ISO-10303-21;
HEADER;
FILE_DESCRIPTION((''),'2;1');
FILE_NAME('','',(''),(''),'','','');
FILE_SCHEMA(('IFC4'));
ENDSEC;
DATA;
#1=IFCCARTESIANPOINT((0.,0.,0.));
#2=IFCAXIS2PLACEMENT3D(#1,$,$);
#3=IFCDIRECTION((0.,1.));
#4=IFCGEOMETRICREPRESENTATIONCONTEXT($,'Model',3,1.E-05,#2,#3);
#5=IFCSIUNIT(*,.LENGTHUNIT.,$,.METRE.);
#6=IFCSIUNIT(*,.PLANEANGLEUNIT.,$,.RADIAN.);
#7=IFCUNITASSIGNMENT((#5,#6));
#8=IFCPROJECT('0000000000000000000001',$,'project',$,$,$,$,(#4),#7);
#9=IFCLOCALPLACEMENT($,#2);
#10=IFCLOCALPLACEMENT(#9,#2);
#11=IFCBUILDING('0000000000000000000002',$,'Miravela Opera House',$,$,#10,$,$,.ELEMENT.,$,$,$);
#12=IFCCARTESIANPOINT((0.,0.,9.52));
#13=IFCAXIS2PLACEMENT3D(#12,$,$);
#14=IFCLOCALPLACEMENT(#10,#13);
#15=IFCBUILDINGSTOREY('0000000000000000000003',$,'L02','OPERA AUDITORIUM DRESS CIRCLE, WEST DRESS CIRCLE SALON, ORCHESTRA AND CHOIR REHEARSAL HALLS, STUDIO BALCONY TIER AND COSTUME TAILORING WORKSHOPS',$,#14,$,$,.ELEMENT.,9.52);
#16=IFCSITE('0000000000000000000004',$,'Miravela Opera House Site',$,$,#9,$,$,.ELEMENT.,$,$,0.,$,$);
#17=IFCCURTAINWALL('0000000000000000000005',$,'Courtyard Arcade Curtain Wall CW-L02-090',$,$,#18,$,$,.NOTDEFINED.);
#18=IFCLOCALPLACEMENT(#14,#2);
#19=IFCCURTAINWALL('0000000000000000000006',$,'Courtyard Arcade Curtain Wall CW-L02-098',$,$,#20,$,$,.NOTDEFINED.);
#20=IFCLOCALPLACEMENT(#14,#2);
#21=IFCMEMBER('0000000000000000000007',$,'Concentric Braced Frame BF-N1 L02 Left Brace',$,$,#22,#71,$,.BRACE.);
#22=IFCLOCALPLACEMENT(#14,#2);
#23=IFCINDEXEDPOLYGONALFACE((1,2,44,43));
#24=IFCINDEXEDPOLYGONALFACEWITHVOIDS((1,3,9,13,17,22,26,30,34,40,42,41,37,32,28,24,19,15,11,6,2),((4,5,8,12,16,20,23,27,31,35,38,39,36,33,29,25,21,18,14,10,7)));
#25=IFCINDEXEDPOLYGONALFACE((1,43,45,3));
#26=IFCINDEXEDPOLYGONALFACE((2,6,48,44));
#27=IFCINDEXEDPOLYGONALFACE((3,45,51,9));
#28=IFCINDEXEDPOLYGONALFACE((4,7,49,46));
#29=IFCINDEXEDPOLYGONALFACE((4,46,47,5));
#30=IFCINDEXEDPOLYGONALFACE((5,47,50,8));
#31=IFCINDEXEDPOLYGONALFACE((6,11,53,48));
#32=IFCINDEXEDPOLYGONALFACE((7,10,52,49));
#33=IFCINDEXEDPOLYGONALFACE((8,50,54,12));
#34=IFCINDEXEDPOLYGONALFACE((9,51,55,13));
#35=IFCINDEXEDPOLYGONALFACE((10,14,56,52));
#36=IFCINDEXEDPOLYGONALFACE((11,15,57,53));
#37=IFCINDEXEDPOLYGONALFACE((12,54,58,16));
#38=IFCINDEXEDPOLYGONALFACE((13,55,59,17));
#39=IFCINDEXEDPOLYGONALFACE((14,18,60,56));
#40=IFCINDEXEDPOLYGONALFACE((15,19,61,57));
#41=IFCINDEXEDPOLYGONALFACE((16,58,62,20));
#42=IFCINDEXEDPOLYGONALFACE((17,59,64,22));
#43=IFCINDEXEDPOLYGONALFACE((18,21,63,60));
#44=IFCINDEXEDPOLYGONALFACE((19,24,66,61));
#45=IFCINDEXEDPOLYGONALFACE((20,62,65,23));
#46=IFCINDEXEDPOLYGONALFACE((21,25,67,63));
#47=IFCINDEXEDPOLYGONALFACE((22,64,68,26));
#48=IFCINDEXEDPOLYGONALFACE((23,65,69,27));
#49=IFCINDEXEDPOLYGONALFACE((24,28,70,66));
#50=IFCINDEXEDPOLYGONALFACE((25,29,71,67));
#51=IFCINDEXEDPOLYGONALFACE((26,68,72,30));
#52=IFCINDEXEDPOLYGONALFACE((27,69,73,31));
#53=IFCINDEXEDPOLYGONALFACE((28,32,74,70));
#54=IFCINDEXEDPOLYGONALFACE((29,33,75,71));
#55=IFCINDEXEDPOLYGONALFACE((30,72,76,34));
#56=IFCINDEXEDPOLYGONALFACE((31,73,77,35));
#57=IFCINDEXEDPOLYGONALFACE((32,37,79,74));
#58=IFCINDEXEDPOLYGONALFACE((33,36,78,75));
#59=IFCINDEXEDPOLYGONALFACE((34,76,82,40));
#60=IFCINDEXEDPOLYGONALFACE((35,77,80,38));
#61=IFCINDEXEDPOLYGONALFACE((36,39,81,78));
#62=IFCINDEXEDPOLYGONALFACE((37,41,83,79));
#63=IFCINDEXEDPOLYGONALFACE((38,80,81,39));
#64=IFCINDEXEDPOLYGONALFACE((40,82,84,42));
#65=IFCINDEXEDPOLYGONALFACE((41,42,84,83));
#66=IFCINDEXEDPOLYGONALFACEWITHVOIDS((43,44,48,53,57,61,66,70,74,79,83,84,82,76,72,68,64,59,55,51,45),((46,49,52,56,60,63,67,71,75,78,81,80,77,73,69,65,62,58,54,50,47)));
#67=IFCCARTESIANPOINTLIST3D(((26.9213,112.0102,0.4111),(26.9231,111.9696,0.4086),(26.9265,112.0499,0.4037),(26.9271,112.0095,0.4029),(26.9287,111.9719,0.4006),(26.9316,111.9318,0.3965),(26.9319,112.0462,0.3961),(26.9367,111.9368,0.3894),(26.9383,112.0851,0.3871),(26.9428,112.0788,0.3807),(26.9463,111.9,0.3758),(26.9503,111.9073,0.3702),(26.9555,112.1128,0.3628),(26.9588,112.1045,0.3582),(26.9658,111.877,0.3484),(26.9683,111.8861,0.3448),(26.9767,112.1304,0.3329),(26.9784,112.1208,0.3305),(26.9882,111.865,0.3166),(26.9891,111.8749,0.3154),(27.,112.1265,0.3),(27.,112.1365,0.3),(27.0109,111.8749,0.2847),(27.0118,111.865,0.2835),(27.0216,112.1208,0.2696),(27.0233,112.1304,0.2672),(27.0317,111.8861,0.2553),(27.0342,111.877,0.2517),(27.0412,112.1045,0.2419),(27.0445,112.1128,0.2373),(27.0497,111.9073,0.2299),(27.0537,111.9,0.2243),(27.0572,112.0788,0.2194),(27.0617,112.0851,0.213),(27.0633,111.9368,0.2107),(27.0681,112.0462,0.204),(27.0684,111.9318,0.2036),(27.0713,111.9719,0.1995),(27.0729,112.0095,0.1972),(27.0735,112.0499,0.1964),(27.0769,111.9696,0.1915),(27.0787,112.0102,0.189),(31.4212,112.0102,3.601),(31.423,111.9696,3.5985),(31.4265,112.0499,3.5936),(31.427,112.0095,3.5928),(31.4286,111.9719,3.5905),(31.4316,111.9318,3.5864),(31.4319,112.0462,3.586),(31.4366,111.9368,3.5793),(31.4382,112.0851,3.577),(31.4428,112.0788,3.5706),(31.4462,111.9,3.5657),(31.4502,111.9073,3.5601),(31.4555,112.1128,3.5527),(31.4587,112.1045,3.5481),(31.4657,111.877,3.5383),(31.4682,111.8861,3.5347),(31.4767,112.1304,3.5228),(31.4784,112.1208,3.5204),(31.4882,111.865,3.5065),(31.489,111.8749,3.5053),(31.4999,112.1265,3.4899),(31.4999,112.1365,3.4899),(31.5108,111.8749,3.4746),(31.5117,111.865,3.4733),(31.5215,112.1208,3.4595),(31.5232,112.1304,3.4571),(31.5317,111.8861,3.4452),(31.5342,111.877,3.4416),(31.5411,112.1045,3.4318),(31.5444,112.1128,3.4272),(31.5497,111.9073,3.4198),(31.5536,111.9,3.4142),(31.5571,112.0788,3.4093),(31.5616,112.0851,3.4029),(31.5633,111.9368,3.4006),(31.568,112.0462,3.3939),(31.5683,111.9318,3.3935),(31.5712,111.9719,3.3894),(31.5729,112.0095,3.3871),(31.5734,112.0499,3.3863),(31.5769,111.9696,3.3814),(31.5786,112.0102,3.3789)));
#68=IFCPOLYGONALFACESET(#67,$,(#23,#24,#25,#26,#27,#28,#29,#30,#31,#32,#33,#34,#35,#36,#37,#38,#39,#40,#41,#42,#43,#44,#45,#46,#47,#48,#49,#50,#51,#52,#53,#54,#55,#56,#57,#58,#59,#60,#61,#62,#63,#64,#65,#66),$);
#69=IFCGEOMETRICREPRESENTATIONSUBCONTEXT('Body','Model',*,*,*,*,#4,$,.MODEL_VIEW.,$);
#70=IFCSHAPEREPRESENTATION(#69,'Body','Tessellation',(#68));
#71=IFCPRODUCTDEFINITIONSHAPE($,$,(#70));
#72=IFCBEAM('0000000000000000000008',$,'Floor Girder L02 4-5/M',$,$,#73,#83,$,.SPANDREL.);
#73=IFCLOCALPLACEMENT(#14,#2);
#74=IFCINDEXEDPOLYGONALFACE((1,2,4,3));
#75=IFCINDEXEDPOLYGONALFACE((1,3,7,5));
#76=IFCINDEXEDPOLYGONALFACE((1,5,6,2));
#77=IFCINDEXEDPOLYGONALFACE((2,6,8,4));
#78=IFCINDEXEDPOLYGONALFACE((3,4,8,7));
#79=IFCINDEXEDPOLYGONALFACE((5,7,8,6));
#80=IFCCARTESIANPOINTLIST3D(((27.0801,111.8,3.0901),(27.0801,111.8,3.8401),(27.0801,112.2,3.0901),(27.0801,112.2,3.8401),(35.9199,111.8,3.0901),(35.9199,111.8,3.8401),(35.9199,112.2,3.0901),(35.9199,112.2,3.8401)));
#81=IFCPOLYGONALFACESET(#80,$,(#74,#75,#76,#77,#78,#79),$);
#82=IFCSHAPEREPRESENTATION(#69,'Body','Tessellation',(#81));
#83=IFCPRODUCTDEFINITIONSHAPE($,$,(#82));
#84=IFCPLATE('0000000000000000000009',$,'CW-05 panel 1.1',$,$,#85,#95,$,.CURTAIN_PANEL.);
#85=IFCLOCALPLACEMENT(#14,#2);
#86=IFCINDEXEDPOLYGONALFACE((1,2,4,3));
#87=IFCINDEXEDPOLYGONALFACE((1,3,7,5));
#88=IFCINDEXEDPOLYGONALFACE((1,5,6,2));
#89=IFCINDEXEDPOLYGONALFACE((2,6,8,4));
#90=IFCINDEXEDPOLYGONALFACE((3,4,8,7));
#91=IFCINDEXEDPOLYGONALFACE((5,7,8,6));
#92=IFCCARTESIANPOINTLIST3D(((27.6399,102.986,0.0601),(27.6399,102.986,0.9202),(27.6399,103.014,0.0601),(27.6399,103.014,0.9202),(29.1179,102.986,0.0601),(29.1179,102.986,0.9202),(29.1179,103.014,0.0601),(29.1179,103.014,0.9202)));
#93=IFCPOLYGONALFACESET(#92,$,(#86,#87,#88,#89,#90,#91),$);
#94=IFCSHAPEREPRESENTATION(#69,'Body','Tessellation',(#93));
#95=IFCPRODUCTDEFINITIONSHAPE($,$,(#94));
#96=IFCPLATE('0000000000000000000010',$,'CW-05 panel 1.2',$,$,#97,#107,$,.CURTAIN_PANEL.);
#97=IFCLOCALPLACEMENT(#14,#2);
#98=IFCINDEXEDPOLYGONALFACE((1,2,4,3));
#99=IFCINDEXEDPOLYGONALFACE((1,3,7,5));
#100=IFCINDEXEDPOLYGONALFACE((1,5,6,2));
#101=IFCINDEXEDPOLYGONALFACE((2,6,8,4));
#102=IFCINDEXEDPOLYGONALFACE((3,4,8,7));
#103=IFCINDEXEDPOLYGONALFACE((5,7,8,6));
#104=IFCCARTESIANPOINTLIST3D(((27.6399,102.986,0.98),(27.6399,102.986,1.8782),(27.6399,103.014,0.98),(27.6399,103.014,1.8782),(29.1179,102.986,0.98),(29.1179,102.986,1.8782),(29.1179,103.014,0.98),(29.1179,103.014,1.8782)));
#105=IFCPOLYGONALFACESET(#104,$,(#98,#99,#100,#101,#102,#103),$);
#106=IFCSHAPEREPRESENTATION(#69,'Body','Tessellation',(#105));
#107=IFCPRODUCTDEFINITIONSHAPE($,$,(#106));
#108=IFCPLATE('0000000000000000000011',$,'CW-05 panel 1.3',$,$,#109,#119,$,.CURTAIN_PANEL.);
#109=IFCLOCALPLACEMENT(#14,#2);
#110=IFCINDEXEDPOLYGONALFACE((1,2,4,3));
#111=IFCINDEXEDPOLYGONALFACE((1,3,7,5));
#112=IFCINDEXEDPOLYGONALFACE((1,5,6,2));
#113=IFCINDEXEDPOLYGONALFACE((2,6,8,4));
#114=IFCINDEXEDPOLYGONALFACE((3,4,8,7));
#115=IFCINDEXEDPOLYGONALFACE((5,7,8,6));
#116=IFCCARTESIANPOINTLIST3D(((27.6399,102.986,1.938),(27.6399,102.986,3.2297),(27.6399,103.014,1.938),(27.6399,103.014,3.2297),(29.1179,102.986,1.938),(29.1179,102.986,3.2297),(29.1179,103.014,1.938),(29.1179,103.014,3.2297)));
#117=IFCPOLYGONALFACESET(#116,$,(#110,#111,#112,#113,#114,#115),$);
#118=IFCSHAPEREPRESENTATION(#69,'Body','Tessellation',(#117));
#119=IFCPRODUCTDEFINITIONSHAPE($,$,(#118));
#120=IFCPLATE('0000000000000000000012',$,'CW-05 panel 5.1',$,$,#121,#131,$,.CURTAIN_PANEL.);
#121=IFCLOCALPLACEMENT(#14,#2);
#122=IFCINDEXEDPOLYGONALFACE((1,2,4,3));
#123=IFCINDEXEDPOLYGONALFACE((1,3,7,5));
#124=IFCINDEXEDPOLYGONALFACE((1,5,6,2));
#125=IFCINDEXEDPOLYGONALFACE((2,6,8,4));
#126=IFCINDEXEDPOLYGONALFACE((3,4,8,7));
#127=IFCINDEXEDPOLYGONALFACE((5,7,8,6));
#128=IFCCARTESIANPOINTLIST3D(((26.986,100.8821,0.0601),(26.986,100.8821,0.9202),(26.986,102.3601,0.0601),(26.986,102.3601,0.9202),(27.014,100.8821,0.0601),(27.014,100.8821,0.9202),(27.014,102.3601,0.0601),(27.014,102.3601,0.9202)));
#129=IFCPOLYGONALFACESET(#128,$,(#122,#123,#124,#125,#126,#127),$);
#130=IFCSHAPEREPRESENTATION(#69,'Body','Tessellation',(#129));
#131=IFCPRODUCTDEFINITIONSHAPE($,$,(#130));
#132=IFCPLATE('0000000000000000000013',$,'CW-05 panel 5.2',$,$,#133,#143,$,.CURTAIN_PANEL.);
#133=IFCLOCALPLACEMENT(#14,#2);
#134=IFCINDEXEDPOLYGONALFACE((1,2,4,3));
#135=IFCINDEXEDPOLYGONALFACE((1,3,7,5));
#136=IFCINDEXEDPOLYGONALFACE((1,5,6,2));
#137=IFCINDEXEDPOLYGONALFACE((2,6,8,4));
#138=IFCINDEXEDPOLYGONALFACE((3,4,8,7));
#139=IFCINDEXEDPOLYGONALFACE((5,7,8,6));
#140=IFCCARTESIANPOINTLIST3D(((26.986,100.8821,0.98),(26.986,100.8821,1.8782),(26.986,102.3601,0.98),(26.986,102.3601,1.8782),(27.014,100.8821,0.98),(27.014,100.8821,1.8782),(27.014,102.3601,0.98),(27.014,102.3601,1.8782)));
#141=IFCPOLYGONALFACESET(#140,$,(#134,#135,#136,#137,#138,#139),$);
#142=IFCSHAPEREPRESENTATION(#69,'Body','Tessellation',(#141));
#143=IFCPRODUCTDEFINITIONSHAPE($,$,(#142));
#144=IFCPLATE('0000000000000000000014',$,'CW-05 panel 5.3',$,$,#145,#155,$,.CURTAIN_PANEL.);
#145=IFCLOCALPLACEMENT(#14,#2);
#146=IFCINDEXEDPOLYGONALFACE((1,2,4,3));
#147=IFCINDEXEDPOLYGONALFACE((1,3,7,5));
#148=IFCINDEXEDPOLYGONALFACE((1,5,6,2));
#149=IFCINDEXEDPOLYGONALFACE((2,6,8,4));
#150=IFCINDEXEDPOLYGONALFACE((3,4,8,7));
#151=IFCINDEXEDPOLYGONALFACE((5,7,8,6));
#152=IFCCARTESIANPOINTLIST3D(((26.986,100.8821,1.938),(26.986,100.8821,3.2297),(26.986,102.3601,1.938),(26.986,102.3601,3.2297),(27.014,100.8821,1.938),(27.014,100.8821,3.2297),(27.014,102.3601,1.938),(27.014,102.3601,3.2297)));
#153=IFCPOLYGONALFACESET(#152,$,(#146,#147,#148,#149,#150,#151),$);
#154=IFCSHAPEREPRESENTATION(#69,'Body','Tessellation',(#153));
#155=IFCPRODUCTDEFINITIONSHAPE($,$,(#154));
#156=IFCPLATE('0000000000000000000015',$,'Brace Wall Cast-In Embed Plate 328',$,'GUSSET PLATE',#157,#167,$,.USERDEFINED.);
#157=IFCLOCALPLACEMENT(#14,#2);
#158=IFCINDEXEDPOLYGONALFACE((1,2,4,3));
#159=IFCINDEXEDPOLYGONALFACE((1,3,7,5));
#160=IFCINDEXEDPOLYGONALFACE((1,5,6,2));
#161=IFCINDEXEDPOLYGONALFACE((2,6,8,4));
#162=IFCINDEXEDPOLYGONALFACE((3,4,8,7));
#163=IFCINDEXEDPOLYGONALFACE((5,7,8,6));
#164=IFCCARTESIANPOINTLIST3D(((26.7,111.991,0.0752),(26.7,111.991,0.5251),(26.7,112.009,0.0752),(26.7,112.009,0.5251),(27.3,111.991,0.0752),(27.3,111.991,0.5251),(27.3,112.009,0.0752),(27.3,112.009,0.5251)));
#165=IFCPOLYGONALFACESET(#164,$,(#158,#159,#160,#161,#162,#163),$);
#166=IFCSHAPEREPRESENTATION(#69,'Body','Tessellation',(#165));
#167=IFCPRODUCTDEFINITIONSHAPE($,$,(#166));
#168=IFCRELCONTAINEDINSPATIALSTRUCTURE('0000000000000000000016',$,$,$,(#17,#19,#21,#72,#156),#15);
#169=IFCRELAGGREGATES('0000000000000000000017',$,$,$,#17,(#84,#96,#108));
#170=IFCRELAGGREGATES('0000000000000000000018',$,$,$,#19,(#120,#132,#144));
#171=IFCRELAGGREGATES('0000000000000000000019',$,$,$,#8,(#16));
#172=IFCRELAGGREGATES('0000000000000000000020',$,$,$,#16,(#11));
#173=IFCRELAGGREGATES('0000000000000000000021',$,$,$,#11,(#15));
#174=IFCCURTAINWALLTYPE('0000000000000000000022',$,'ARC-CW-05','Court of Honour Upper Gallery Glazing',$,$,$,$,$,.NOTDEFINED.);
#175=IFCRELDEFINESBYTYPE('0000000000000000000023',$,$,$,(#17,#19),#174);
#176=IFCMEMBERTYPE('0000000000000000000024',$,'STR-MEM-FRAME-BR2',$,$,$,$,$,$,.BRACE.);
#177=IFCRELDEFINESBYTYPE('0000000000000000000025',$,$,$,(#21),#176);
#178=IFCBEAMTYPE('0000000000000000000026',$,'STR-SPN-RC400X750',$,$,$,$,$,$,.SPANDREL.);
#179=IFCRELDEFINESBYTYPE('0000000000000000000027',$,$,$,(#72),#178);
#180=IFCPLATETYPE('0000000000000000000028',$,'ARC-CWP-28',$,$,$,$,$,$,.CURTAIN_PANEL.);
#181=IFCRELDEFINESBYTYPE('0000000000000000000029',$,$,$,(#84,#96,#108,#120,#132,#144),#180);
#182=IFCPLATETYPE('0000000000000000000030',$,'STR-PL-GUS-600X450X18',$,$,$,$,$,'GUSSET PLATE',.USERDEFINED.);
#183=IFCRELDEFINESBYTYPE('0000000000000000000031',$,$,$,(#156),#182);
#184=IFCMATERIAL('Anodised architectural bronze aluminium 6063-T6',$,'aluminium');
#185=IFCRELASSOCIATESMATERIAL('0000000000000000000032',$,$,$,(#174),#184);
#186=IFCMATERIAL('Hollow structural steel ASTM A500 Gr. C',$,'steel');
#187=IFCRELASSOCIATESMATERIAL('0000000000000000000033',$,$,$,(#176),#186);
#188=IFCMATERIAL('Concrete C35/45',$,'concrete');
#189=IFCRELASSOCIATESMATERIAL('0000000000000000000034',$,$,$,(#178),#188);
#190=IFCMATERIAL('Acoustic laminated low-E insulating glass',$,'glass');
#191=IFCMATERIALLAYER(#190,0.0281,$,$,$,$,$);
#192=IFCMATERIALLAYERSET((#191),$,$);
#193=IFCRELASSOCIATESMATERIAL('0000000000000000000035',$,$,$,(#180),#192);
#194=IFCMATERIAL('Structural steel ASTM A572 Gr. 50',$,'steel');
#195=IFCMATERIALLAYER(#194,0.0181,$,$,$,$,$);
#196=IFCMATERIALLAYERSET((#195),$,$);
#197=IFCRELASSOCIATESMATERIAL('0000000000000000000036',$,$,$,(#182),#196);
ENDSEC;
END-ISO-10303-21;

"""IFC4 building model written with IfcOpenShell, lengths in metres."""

from ifc_helpers import new_model, si_unit, direction, frame, origin, origin_2d, place, context, subcontext, project, spatial, rectangle, hollow_circle, extrude, material, layer, layer_set, material_profile, profile_set, type_object, element, aggregate, save


model = new_model("IFC4")

# Units and contexts
model_context = context("Model", 3, precision=1e-05, world=origin(), true_north=direction((0.0, 1.0)))
body_context = subcontext(model_context, "Body", "Model", "MODEL_VIEW")
ifc_project = project(units=[si_unit("LENGTHUNIT", "METRE"), si_unit("PLANEANGLEUNIT", "RADIAN")], contexts=[model_context])

# Site, building, storey
site_placement = place(None, origin())
site = spatial("IfcSite", under=ifc_project, at=site_placement, Name="Miravela Opera House Site", CompositionType="ELEMENT", RefElevation=0.0)
building_placement = place(site_placement, origin())
building = spatial("IfcBuilding", under=site, at=building_placement, Name="Miravela Opera House", CompositionType="ELEMENT")
storey_placement = place(building_placement, frame((0.0, 0.0, 9.52)))
storey = spatial("IfcBuildingStorey", under=building, at=storey_placement, Name="L02", Description="OPERA AUDITORIUM DRESS CIRCLE, WEST DRESS CIRCLE SALON, ORCHESTRA AND CHOIR REHEARSAL HALLS, STUDIO BALCONY TIER AND COSTUME TAILORING WORKSHOPS", CompositionType="ELEMENT", Elevation=9.52)

# Shared definitions
ifc_material_1 = material(Name="Concrete C35/45", Category="concrete")

# Curtain wall
ifc_material_2 = material(Name="Anodised architectural bronze aluminium 6063-T6", Category="aluminium")
curtain_wall_type = type_object("IfcCurtainWallType", Name="ARC-CW-05", Description="Court of Honour Upper Gallery Glazing", PredefinedType="NOTDEFINED", material=ifc_material_2)
curtain_wall_1_placement = place(storey_placement, origin())
curtain_wall_1 = element("IfcCurtainWall", 1, at=curtain_wall_1_placement, inside=storey, type_object=curtain_wall_type, Name="Courtyard Arcade Curtain Wall CW-L02-090", PredefinedType="NOTDEFINED")

# Curtain wall
curtain_wall_2_placement = place(storey_placement, origin())
curtain_wall_2 = element("IfcCurtainWall", 2, at=curtain_wall_2_placement, inside=storey, type_object=curtain_wall_type, Name="Courtyard Arcade Curtain Wall CW-L02-098", PredefinedType="NOTDEFINED")

# Member
ifc_material_3 = material(Name="Hollow structural steel ASTM A500 Gr. C", Category="steel")
ifc_material_profile_1 = material_profile(ifc_material_3, hollow_circle(Radius=0.1365, WallThickness=0.01, at=origin_2d()), Name="CHS273X10")
ifc_profile_set_1 = profile_set([ifc_material_profile_1])
member_type_1 = type_object("IfcMemberType", Name="STR-MEM-FRAME-BR2", PredefinedType="BRACE", material=ifc_profile_set_1)
member_1_placement = place(storey_placement, frame((27.0, 112.0, 0.3), z_axis=(0.815816, 0.0, 0.578312), x_axis=(0.0, 1.0, 0.0)))
element("IfcMember", 3, at=member_1_placement, inside=storey, type_object=member_type_1, Name="Concentric Braced Frame BF-N1 L02 Left Brace", PredefinedType="BRACE", context=body_context, shape_type="SweptSolid", body=[
    extrude(hollow_circle(Radius=0.1365, WallThickness=0.01, at=origin_2d()), origin(), (0.0, 0.0, 1.0), 5.5159),
])

# Beam
ifc_material_profile_2 = material_profile(ifc_material_1, rectangle(XDim=0.3999, YDim=0.75, at=origin_2d()), Name="RC-SPN-400X750")
ifc_profile_set_2 = profile_set([ifc_material_profile_2])
beam_type_1 = type_object("IfcBeamType", Name="STR-SPN-RC400X750", PredefinedType="SPANDREL", material=ifc_profile_set_2)
beam_1_placement = place(storey_placement, frame((27.0801, 112.0, 3.4651), z_axis=(1.0, 0.0, 0.0), x_axis=(0.0, 1.0, 0.0)))
element("IfcBeam", 4, at=beam_1_placement, inside=storey, type_object=beam_type_1, Name="Floor Girder L02 4-5/M", PredefinedType="SPANDREL", context=body_context, shape_type="SweptSolid", body=[
    extrude(rectangle(XDim=0.3999, YDim=0.75, at=origin_2d()), origin(), (0.0, 0.0, 1.0), 8.8398),
])

# Plates
ifc_material_4 = material(Name="Acoustic laminated low-E insulating glass", Category="glass")
ifc_layer_1 = layer(ifc_material_4, 0.0281)
ifc_layer_set_1 = layer_set([ifc_layer_1])
plate_type_1 = type_object("IfcPlateType", Name="ARC-CWP-28", PredefinedType="CURTAIN_PANEL", material=ifc_layer_set_1)
plate_1_placement = place(storey_placement, frame((28.3789, 103.0, 0.0601), z_axis=(0.0, 0.0, 1.0), x_axis=(1.0, 0.0, 0.0)))
plate_1 = element("IfcPlate", 5, at=plate_1_placement, type_object=plate_type_1, Name="CW-05 panel 1.1", PredefinedType="CURTAIN_PANEL", context=body_context, shape_type="SweptSolid", body=[
    extrude(rectangle(XDim=1.478, YDim=0.0281, at=origin_2d()), origin(), (0.0, 0.0, 1.0), 0.8601),
])
plate_2_placement = place(storey_placement, frame((28.3789, 103.0, 0.98), z_axis=(0.0, 0.0, 1.0), x_axis=(1.0, 0.0, 0.0)))
plate_2 = element("IfcPlate", 6, at=plate_2_placement, type_object=plate_type_1, Name="CW-05 panel 1.2", PredefinedType="CURTAIN_PANEL", context=body_context, shape_type="SweptSolid", body=[
    extrude(rectangle(XDim=1.478, YDim=0.0281, at=origin_2d()), origin(), (0.0, 0.0, 1.0), 0.8982),
])
plate_3_placement = place(storey_placement, frame((28.3789, 103.0, 1.938), z_axis=(0.0, 0.0, 1.0), x_axis=(1.0, 0.0, 0.0)))
plate_3 = element("IfcPlate", 7, at=plate_3_placement, type_object=plate_type_1, Name="CW-05 panel 1.3", PredefinedType="CURTAIN_PANEL", context=body_context, shape_type="SweptSolid", body=[
    extrude(rectangle(XDim=1.478, YDim=0.0281, at=origin_2d()), origin(), (0.0, 0.0, 1.0), 1.2917),
])
aggregate(curtain_wall_1, [plate_1, plate_2, plate_3])
plate_4_placement = place(storey_placement, frame((27.0, 101.6211, 0.0601), z_axis=(0.0, 0.0, 1.0), x_axis=(0.0, 1.0, 0.0)))
plate_4 = element("IfcPlate", 8, at=plate_4_placement, type_object=plate_type_1, Name="CW-05 panel 5.1", PredefinedType="CURTAIN_PANEL", context=body_context, shape_type="SweptSolid", body=[
    extrude(rectangle(XDim=1.478, YDim=0.0281, at=origin_2d()), origin(), (0.0, 0.0, 1.0), 0.8601),
])
plate_5_placement = place(storey_placement, frame((27.0, 101.6211, 0.98), z_axis=(0.0, 0.0, 1.0), x_axis=(0.0, 1.0, 0.0)))
plate_5 = element("IfcPlate", 9, at=plate_5_placement, type_object=plate_type_1, Name="CW-05 panel 5.2", PredefinedType="CURTAIN_PANEL", context=body_context, shape_type="SweptSolid", body=[
    extrude(rectangle(XDim=1.478, YDim=0.0281, at=origin_2d()), origin(), (0.0, 0.0, 1.0), 0.8982),
])
plate_6_placement = place(storey_placement, frame((27.0, 101.6211, 1.938), z_axis=(0.0, 0.0, 1.0), x_axis=(0.0, 1.0, 0.0)))
plate_6 = element("IfcPlate", 10, at=plate_6_placement, type_object=plate_type_1, Name="CW-05 panel 5.3", PredefinedType="CURTAIN_PANEL", context=body_context, shape_type="SweptSolid", body=[
    extrude(rectangle(XDim=1.478, YDim=0.0281, at=origin_2d()), origin(), (0.0, 0.0, 1.0), 1.2917),
])
aggregate(curtain_wall_2, [plate_4, plate_5, plate_6])
ifc_material_5 = material(Name="Structural steel ASTM A572 Gr. 50", Category="steel")
ifc_layer_2 = layer(ifc_material_5, 0.0181)
ifc_layer_set_2 = layer_set([ifc_layer_2])
plate_type_2 = type_object("IfcPlateType", Name="STR-PL-GUS-600X450X18", ElementType="GUSSET PLATE", PredefinedType="USERDEFINED", material=ifc_layer_set_2)
plate_7_placement = place(storey_placement, frame((27.0, 112.0, 0.0752), z_axis=(0.0, 0.0, 1.0), x_axis=(1.0, 0.0, 0.0)))
element("IfcPlate", 11, at=plate_7_placement, inside=storey, type_object=plate_type_2, Name="Brace Wall Cast-In Embed Plate 328", ObjectType="GUSSET PLATE", PredefinedType="USERDEFINED", context=body_context, shape_type="SweptSolid", body=[
    extrude(rectangle(XDim=0.6001, YDim=0.0181, at=origin_2d()), origin(), (0.0, 0.0, 1.0), 0.45),
])

save(model, "model.ifc")
